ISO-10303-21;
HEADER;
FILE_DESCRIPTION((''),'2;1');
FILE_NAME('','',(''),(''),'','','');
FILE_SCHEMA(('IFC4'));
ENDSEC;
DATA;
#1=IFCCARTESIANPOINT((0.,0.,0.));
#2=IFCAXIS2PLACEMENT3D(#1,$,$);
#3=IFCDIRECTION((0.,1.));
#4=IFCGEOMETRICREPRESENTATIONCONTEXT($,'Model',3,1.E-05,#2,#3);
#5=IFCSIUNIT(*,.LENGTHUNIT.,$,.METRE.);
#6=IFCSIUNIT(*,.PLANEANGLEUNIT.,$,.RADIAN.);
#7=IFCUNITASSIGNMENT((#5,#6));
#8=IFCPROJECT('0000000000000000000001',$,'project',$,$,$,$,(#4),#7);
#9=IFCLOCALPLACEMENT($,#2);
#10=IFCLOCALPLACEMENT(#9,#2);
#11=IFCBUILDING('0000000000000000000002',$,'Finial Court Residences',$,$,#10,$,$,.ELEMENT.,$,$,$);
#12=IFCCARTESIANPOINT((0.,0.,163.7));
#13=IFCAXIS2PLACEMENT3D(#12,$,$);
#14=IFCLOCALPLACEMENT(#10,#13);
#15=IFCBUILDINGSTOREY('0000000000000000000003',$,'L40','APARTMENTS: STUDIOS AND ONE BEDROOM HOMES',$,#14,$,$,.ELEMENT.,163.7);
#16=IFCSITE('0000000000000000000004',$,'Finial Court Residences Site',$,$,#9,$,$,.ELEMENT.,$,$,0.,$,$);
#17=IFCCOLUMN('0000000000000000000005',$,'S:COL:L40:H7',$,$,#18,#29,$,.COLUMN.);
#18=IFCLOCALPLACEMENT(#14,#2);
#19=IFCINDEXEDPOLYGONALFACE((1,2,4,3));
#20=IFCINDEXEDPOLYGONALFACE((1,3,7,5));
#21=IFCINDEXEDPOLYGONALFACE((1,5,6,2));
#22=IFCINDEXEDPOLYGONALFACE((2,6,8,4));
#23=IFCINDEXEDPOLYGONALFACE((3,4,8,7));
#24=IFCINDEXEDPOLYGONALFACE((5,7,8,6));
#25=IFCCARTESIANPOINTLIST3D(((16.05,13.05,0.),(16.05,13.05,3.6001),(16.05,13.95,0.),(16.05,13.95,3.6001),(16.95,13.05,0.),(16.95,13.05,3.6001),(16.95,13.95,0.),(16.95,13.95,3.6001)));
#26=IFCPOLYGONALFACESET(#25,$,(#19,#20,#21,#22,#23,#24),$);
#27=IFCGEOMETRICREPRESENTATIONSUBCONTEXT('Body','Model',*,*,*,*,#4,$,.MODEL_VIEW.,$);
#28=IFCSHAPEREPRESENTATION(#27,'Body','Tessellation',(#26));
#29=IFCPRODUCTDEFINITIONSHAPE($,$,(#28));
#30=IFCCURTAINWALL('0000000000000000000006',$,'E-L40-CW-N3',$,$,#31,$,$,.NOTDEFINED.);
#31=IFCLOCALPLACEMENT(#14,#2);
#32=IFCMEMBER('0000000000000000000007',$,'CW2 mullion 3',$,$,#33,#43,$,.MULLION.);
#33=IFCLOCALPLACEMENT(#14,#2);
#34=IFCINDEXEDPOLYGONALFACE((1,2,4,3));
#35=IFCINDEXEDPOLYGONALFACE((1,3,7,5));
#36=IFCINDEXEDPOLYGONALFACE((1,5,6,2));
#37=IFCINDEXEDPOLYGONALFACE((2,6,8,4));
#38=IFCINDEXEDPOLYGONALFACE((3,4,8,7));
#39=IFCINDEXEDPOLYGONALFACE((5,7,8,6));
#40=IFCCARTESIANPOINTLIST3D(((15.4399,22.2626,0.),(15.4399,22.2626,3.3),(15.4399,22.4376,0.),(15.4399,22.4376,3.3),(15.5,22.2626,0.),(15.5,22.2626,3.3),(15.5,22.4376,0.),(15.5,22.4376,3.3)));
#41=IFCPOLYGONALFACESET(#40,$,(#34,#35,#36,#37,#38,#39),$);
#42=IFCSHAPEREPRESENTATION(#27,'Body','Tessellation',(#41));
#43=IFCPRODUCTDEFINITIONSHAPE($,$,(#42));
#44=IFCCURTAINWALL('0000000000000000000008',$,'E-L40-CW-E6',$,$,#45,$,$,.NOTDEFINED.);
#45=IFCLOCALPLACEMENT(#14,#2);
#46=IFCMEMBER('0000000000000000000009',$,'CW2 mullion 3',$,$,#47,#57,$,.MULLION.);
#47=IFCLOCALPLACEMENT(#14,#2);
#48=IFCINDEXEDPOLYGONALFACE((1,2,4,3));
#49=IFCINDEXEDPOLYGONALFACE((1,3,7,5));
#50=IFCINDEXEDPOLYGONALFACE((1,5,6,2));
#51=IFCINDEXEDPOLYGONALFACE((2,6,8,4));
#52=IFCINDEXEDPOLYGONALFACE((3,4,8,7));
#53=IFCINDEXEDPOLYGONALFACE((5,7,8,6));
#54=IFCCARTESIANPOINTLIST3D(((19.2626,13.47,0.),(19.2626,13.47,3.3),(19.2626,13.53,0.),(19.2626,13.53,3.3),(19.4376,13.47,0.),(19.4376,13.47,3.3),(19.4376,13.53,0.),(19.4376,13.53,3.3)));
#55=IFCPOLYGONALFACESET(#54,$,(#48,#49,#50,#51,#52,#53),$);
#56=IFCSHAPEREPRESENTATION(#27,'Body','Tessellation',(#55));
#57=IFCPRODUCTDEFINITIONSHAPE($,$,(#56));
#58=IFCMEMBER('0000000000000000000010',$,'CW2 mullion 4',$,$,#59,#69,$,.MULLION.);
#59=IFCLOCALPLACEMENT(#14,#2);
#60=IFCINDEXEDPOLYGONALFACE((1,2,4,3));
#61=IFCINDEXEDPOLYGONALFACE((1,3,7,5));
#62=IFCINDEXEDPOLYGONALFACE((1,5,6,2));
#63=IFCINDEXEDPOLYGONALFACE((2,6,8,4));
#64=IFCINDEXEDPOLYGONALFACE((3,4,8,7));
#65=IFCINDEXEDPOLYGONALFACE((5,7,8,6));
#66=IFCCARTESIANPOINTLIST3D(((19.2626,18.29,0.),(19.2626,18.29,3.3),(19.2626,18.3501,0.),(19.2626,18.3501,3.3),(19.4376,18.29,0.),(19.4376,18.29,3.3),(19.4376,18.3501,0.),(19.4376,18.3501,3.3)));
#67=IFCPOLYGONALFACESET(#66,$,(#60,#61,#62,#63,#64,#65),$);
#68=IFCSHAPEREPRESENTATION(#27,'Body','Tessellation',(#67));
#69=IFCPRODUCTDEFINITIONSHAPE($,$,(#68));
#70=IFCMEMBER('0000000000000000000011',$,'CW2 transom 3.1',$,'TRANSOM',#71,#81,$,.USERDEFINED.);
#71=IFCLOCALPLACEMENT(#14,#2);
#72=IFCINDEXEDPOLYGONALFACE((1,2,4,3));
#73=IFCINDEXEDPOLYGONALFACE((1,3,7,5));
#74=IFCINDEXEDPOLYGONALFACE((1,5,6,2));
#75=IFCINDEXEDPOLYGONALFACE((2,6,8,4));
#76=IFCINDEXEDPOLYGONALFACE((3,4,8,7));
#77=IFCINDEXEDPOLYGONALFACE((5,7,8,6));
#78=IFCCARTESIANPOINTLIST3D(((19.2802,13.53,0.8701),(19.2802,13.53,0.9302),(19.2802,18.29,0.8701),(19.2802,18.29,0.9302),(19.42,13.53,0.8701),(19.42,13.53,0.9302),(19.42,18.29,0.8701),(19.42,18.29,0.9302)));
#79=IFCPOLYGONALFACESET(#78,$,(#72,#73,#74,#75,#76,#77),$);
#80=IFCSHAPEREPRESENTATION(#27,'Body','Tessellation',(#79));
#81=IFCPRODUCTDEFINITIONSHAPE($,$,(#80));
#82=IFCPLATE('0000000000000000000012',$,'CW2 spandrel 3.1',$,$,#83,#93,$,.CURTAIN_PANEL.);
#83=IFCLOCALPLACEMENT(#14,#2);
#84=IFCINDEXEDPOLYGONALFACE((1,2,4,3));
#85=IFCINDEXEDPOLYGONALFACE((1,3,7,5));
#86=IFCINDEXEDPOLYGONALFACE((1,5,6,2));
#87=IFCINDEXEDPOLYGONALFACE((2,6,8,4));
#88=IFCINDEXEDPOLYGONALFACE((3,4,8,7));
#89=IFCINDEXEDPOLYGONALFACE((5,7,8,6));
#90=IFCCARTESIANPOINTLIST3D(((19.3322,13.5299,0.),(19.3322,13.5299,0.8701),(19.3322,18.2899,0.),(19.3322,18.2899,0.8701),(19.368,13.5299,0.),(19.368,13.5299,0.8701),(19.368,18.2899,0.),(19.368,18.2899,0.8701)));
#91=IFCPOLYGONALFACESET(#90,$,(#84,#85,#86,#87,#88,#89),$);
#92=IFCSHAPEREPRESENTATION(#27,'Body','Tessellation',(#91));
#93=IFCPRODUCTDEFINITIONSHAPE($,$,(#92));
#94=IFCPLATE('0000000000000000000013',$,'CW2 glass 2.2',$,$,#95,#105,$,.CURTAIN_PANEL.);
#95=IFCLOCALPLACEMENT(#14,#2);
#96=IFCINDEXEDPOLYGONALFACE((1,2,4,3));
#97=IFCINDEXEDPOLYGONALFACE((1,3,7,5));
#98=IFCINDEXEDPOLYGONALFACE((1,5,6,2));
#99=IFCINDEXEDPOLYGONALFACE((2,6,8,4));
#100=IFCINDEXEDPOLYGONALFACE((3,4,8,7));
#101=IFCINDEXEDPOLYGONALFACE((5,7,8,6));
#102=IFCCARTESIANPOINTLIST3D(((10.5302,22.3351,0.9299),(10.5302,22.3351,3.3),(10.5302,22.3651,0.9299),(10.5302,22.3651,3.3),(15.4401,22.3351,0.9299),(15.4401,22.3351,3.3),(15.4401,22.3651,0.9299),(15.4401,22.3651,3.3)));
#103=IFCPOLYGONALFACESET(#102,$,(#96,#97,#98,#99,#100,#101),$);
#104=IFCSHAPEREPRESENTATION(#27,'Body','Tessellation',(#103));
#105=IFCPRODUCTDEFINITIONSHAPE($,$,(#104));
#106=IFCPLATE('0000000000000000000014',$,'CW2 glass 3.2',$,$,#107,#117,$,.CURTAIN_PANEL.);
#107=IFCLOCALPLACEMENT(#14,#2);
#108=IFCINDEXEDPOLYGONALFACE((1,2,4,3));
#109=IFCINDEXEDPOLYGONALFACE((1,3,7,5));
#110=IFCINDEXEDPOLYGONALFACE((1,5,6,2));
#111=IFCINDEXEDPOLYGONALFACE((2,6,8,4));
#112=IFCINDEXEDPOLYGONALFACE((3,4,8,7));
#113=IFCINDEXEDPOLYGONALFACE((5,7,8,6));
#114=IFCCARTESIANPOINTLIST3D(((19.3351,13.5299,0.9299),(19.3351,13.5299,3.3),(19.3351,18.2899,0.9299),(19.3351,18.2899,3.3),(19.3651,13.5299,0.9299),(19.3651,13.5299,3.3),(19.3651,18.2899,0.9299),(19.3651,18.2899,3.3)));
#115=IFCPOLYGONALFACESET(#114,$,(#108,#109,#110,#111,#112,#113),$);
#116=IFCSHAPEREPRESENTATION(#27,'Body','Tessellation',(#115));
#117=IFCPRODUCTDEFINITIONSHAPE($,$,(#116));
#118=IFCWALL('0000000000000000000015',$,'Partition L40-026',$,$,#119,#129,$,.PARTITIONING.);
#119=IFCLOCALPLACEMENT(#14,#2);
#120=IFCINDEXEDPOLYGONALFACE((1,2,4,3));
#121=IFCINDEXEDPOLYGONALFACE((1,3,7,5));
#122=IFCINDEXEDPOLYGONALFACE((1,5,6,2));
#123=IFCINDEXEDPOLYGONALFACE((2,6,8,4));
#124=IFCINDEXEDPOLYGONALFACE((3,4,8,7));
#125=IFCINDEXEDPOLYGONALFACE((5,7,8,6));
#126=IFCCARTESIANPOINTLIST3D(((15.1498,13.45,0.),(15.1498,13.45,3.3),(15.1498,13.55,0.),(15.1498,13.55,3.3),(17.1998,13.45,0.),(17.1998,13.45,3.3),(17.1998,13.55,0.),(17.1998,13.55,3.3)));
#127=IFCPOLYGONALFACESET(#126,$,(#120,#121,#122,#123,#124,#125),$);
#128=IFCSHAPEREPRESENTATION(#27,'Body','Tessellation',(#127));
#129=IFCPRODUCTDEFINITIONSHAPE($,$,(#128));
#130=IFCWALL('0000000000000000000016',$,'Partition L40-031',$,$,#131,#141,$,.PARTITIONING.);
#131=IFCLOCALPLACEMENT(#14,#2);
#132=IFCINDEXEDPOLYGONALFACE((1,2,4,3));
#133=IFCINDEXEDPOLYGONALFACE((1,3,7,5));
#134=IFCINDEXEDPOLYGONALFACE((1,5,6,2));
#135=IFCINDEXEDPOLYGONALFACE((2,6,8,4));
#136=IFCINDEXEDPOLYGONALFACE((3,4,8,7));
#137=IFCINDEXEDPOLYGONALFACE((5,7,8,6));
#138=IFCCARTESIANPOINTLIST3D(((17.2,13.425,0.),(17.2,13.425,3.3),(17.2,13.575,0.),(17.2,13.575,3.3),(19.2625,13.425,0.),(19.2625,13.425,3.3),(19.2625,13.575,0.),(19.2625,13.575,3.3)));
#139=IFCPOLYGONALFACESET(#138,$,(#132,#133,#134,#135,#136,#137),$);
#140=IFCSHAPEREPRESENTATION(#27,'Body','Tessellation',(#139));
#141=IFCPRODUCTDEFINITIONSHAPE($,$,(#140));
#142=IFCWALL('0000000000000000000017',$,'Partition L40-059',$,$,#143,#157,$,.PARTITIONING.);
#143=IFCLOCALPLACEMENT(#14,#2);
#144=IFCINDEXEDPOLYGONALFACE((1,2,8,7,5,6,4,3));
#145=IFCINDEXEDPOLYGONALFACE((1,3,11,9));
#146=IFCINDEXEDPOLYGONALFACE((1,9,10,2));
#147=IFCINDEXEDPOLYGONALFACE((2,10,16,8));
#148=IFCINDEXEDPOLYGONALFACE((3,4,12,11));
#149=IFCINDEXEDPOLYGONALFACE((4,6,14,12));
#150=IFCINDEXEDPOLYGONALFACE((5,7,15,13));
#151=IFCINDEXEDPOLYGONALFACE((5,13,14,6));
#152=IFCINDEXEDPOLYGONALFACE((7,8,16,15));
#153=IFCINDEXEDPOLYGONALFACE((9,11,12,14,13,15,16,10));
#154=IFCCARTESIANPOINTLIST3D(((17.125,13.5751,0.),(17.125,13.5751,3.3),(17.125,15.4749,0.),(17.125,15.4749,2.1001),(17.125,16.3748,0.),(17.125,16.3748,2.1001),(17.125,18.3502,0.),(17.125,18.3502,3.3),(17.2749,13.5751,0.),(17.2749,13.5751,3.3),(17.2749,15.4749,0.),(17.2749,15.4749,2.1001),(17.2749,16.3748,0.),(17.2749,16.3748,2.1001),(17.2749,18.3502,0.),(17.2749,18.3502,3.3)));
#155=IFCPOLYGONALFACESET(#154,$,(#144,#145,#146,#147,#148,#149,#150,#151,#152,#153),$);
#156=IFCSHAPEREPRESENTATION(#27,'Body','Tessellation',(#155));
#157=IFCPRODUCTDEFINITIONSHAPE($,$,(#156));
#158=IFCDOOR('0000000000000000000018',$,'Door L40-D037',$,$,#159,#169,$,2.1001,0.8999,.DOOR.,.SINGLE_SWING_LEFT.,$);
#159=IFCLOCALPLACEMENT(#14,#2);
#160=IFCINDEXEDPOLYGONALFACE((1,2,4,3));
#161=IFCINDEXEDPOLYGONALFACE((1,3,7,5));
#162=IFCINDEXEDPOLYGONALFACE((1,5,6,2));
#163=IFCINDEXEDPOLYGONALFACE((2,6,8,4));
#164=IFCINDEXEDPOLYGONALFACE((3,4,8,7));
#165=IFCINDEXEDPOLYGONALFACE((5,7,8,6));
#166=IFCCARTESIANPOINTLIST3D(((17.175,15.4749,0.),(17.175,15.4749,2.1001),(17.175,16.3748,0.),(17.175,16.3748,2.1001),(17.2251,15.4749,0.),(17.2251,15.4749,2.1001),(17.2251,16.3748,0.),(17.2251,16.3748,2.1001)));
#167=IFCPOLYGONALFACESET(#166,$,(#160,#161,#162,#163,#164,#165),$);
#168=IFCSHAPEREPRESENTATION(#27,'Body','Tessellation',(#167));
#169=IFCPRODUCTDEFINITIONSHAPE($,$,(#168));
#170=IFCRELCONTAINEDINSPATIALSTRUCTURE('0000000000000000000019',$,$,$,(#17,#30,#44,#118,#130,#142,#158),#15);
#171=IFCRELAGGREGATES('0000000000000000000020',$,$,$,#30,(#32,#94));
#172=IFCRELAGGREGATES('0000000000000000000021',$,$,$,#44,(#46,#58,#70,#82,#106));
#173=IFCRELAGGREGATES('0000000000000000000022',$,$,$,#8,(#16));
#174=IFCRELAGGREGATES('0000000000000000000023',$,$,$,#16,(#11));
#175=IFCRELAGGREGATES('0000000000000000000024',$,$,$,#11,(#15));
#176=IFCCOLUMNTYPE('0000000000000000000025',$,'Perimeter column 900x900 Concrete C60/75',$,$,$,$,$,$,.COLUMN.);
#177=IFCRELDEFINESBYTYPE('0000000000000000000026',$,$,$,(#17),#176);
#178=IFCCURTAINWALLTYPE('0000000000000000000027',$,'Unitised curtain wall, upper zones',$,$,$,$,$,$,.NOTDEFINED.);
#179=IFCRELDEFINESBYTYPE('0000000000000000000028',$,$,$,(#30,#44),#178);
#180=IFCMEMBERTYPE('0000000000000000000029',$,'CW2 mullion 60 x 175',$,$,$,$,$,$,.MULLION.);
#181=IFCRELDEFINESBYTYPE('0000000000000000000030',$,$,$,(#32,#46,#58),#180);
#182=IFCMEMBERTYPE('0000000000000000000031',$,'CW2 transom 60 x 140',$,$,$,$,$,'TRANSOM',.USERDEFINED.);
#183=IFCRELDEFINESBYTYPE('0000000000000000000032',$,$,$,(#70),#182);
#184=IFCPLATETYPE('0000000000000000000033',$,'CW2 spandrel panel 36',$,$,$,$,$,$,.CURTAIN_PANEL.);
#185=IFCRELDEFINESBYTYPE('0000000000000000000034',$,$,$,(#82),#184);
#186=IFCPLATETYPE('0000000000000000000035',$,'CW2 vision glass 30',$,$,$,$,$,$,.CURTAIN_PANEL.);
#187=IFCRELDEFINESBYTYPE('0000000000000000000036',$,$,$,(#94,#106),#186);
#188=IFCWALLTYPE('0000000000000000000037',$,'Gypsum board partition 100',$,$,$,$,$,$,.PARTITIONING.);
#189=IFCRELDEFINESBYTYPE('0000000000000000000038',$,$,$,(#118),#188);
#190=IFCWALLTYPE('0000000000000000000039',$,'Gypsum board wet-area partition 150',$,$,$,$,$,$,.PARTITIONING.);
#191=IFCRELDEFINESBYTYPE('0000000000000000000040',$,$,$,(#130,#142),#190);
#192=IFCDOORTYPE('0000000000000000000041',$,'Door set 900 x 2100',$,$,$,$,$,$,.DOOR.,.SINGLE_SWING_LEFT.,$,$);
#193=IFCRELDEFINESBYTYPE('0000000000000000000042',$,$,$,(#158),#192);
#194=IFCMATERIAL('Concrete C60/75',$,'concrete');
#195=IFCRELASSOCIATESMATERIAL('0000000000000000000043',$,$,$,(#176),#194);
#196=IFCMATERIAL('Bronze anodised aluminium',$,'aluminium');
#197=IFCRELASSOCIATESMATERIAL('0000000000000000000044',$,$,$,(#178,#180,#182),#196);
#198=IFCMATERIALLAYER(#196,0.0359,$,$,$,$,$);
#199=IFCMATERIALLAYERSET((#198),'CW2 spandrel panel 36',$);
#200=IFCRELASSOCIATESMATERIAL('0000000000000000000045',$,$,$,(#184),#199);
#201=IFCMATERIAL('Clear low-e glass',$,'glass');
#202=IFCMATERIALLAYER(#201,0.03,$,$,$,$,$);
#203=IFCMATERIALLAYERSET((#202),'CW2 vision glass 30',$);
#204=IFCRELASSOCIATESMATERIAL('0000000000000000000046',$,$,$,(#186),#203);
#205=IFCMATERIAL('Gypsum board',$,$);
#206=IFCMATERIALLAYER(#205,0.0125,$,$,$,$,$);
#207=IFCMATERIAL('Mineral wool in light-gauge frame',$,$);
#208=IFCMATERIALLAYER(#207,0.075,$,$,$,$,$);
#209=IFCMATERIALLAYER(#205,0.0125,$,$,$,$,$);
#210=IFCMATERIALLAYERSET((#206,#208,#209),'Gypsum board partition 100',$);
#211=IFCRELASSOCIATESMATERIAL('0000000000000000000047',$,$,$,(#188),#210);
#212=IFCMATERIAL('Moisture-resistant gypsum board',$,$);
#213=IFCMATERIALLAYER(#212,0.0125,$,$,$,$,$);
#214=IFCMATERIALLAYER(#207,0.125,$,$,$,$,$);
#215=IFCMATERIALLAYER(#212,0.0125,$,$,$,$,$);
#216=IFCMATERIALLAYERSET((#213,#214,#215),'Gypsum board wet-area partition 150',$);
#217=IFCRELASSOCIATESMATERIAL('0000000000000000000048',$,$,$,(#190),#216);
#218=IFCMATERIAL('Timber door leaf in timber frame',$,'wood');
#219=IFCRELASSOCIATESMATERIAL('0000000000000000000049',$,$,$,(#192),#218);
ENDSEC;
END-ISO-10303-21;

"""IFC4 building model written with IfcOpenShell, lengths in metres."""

from ifc_helpers import new_model, si_unit, direction, frame, frame_2d, origin, origin_2d, place, context, subcontext, project, spatial, rectangle, extrude, material, layer, layer_set, material_profile, profile_set, type_object, element, fill, aggregate, save


model = new_model("IFC4")

# Units and contexts
model_context = context("Model", 3, precision=1e-05, world=origin(), true_north=direction((0.0, 1.0)))
body_context = subcontext(model_context, "Body", "Model", "MODEL_VIEW")
ifc_project = project(units=[si_unit("LENGTHUNIT", "METRE"), si_unit("PLANEANGLEUNIT", "RADIAN")], contexts=[model_context])

# Site, building, storey
site_placement = place(None, origin())
site = spatial("IfcSite", under=ifc_project, at=site_placement, Name="Finial Court Residences Site", CompositionType="ELEMENT", RefElevation=0.0)
building_placement = place(site_placement, origin())
building = spatial("IfcBuilding", under=site, at=building_placement, Name="Finial Court Residences", CompositionType="ELEMENT")
storey_placement = place(building_placement, frame((0.0, 0.0, 163.7)))
storey = spatial("IfcBuildingStorey", under=building, at=storey_placement, Name="L40", Description="APARTMENTS: STUDIOS AND ONE BEDROOM HOMES", CompositionType="ELEMENT", Elevation=163.7)

# Column
ifc_material_1 = material(Name="Concrete C60/75", Category="concrete")
ifc_material_profile_1 = material_profile(ifc_material_1, rectangle(XDim=0.8999, YDim=0.8999, at=origin_2d()), Name="900x900")
ifc_profile_set_1 = profile_set([ifc_material_profile_1], Name="Concrete C60/75")
column_type = type_object("IfcColumnType", Name="Perimeter column 900x900 Concrete C60/75", PredefinedType="COLUMN", material=ifc_profile_set_1)
column_placement = place(storey_placement, frame((16.5, 13.5, 0.0), z_axis=(0.0, 0.0, 1.0), x_axis=(1.0, 0.0, 0.0)))
element("IfcColumn", 1, at=column_placement, inside=storey, type_object=column_type, Name="S:COL:L40:H7", PredefinedType="COLUMN", context=body_context, shape_type="SweptSolid", body=[
    extrude(rectangle(XDim=0.8999, YDim=0.8999, at=origin_2d()), origin(), (0.0, 0.0, 1.0), 3.6001),
])

# Curtain wall, member
ifc_material_2 = material(Name="Bronze anodised aluminium", Category="aluminium")
curtain_wall_type = type_object("IfcCurtainWallType", Name="Unitised curtain wall, upper zones", PredefinedType="NOTDEFINED", material=ifc_material_2)
curtain_wall_1_placement = place(storey_placement, origin())
curtain_wall_1 = element("IfcCurtainWall", 2, at=curtain_wall_1_placement, inside=storey, type_object=curtain_wall_type, Name="E-L40-CW-N3", PredefinedType="NOTDEFINED")
ifc_material_profile_2 = material_profile(ifc_material_2, rectangle(XDim=0.175, YDim=0.0601, at=origin_2d()), Name="CW2 mullion 60 x 175")
ifc_profile_set_2 = profile_set([ifc_material_profile_2], Name="Bronze anodised aluminium")
member_type_1 = type_object("IfcMemberType", Name="CW2 mullion 60 x 175", PredefinedType="MULLION", material=ifc_profile_set_2)
member_1_placement = place(storey_placement, frame((15.47, 22.3501, 0.0), z_axis=(0.0, 0.0, 1.0), x_axis=(0.0, 1.0, 0.0)))
member_1 = element("IfcMember", 3, at=member_1_placement, type_object=member_type_1, Name="CW2 mullion 3", PredefinedType="MULLION", context=body_context, shape_type="SweptSolid", body=[
    extrude(rectangle(XDim=0.175, YDim=0.0601, at=origin_2d()), origin(), (0.0, 0.0, 1.0), 3.3),
])

# Curtain wall, members, plate
curtain_wall_2_placement = place(storey_placement, origin())
curtain_wall_2 = element("IfcCurtainWall", 4, at=curtain_wall_2_placement, inside=storey, type_object=curtain_wall_type, Name="E-L40-CW-E6", PredefinedType="NOTDEFINED")
member_2_placement = place(storey_placement, frame((19.3501, 13.5, 0.0), z_axis=(0.0, 0.0, 1.0), x_axis=(-1.0, 0.0, 0.0)))
member_2 = element("IfcMember", 5, at=member_2_placement, type_object=member_type_1, Name="CW2 mullion 3", PredefinedType="MULLION", context=body_context, shape_type="SweptSolid", body=[
    extrude(rectangle(XDim=0.175, YDim=0.0601, at=origin_2d()), origin(), (0.0, 0.0, 1.0), 3.3),
])
member_3_placement = place(storey_placement, frame((19.3501, 18.3201, 0.0), z_axis=(0.0, 0.0, 1.0), x_axis=(-1.0, 0.0, 0.0)))
member_3 = element("IfcMember", 6, at=member_3_placement, type_object=member_type_1, Name="CW2 mullion 4", PredefinedType="MULLION", context=body_context, shape_type="SweptSolid", body=[
    extrude(rectangle(XDim=0.175, YDim=0.0601, at=origin_2d()), origin(), (0.0, 0.0, 1.0), 3.3),
])
ifc_material_profile_3 = material_profile(ifc_material_2, rectangle(XDim=0.1399, YDim=0.0601, at=origin_2d()), Name="CW2 transom 60 x 140")
ifc_profile_set_3 = profile_set([ifc_material_profile_3], Name="Bronze anodised aluminium")
member_type_2 = type_object("IfcMemberType", Name="CW2 transom 60 x 140", ElementType="TRANSOM", PredefinedType="USERDEFINED", material=ifc_profile_set_3)
member_4_placement = place(storey_placement, frame((19.3501, 13.53, 0.9001), z_axis=(0.0, 1.0, 0.0), x_axis=(-1.0, 0.0, 0.0)))
member_4 = element("IfcMember", 7, at=member_4_placement, type_object=member_type_2, Name="CW2 transom 3.1", ObjectType="TRANSOM", PredefinedType="USERDEFINED", context=body_context, shape_type="SweptSolid", body=[
    extrude(rectangle(XDim=0.1399, YDim=0.0601, at=origin_2d()), origin(), (0.0, 0.0, 1.0), 4.76),
])
ifc_layer_1 = layer(ifc_material_2, 0.0359)
ifc_layer_set_1 = layer_set([ifc_layer_1], Name="CW2 spandrel panel 36")
plate_type_1 = type_object("IfcPlateType", Name="CW2 spandrel panel 36", PredefinedType="CURTAIN_PANEL", material=ifc_layer_set_1)
plate_1_placement = place(storey_placement, frame((19.3501, 15.9099, 0.0), z_axis=(0.0, 0.0, 1.0), x_axis=(0.0, 1.0, 0.0)))
plate_1 = element("IfcPlate", 8, at=plate_1_placement, type_object=plate_type_1, Name="CW2 spandrel 3.1", PredefinedType="CURTAIN_PANEL", context=body_context, shape_type="SweptSolid", body=[
    extrude(rectangle(XDim=4.76, YDim=0.0359, at=origin_2d()), origin(), (0.0, 0.0, 1.0), 0.8701),
])

# Plates
ifc_material_3 = material(Name="Clear low-e glass", Category="glass")
ifc_layer_2 = layer(ifc_material_3, 0.03)
ifc_layer_set_2 = layer_set([ifc_layer_2], Name="CW2 vision glass 30")
plate_type_2 = type_object("IfcPlateType", Name="CW2 vision glass 30", PredefinedType="CURTAIN_PANEL", material=ifc_layer_set_2)
plate_2_placement = place(storey_placement, frame((12.9851, 22.3501, 0.9299), z_axis=(0.0, 0.0, 1.0), x_axis=(1.0, 0.0, 0.0)))
plate_2 = element("IfcPlate", 9, at=plate_2_placement, type_object=plate_type_2, Name="CW2 glass 2.2", PredefinedType="CURTAIN_PANEL", context=body_context, shape_type="SweptSolid", body=[
    extrude(rectangle(XDim=4.9099, YDim=0.03, at=origin_2d()), origin(), (0.0, 0.0, 1.0), 2.3701),
])
aggregate(curtain_wall_1, [member_1, plate_2])
plate_3_placement = place(storey_placement, frame((19.3501, 15.9099, 0.9299), z_axis=(0.0, 0.0, 1.0), x_axis=(0.0, 1.0, 0.0)))
plate_3 = element("IfcPlate", 10, at=plate_3_placement, type_object=plate_type_2, Name="CW2 glass 3.2", PredefinedType="CURTAIN_PANEL", context=body_context, shape_type="SweptSolid", body=[
    extrude(rectangle(XDim=4.76, YDim=0.03, at=origin_2d()), origin(), (0.0, 0.0, 1.0), 2.3701),
])
aggregate(curtain_wall_2, [member_2, member_3, member_4, plate_1, plate_3])

# Walls
ifc_material_4 = material(Name="Gypsum board")
ifc_layer_3 = layer(ifc_material_4, 0.0125)
ifc_material_5 = material(Name="Mineral wool in light-gauge frame")
ifc_layer_4 = layer(ifc_material_5, 0.075)
ifc_layer_5 = layer(ifc_material_4, 0.0125)
ifc_layer_set_3 = layer_set([ifc_layer_3, ifc_layer_4, ifc_layer_5], Name="Gypsum board partition 100")
wall_type_1 = type_object("IfcWallType", Name="Gypsum board partition 100", PredefinedType="PARTITIONING", material=ifc_layer_set_3)
wall_1_placement = place(storey_placement, frame((15.1499, 13.5, 0.0), z_axis=(0.0, 0.0, 1.0), x_axis=(1.0, 0.0, 0.0)))
element("IfcWall", 11, at=wall_1_placement, inside=storey, type_object=wall_type_1, Name="Partition L40-026", PredefinedType="PARTITIONING", context=body_context, shape_type="SweptSolid", body=[
    extrude(rectangle(XDim=2.05, YDim=0.1001, at=frame_2d((1.0249, 0.0))), origin(), (0.0, 0.0, 1.0), 3.3),
])
ifc_material_6 = material(Name="Moisture-resistant gypsum board")
ifc_layer_6 = layer(ifc_material_6, 0.0125)
ifc_layer_7 = layer(ifc_material_5, 0.125)
ifc_layer_8 = layer(ifc_material_6, 0.0125)
ifc_layer_set_4 = layer_set([ifc_layer_6, ifc_layer_7, ifc_layer_8], Name="Gypsum board wet-area partition 150")
wall_type_2 = type_object("IfcWallType", Name="Gypsum board wet-area partition 150", PredefinedType="PARTITIONING", material=ifc_layer_set_4)
wall_2_placement = place(storey_placement, frame((17.2, 13.5, 0.0), z_axis=(0.0, 0.0, 1.0), x_axis=(1.0, 0.0, 0.0)))
element("IfcWall", 12, at=wall_2_placement, inside=storey, type_object=wall_type_2, Name="Partition L40-031", PredefinedType="PARTITIONING", context=body_context, shape_type="SweptSolid", body=[
    extrude(rectangle(XDim=2.0625, YDim=0.1499, at=frame_2d((1.0312, 0.0))), origin(), (0.0, 0.0, 1.0), 3.3),
])

# Wall, opening, door
wall_3_placement = place(storey_placement, frame((17.2, 13.575, 0.0), z_axis=(0.0, 0.0, 1.0), x_axis=(0.0, 1.0, 0.0)))
wall_3 = element("IfcWall", 13, at=wall_3_placement, inside=storey, type_object=wall_type_2, Name="Partition L40-059", PredefinedType="PARTITIONING", context=body_context, shape_type="SweptSolid", body=[
    extrude(rectangle(XDim=4.7751, YDim=0.1499, at=frame_2d((2.3877, 0.0))), origin(), (0.0, 0.0, 1.0), 3.3),
])
opening_1_placement = place(wall_3_placement, frame((1.8999, 0.0, 0.0)))
opening_1 = element("IfcOpeningElement", 14, at=opening_1_placement, cuts=wall_3, PredefinedType="OPENING", context=body_context, shape_type="SweptSolid", body=[
    extrude(rectangle(XDim=0.8999, YDim=2.1001, at=frame_2d((0.45, 1.05))), frame((0.0, 0.085, 0.0), z_axis=(0.0, -1.0, 0.0), x_axis=(1.0, 0.0, 0.0)), (0.0, 0.0, 1.0), 0.1699),
])
ifc_material_7 = material(Name="Timber door leaf in timber frame", Category="wood")
door_type = type_object("IfcDoorType", Name="Door set 900 x 2100", OperationType="SINGLE_SWING_LEFT", PredefinedType="DOOR", material=ifc_material_7)
door_placement = place(opening_1_placement, origin())
door = element("IfcDoor", 15, at=door_placement, inside=storey, type_object=door_type, Name="Door L40-D037", OperationType="SINGLE_SWING_LEFT", OverallHeight=2.1001, OverallWidth=0.8999, PredefinedType="DOOR", context=body_context, shape_type="SweptSolid", body=[
    extrude(rectangle(XDim=0.8999, YDim=2.1001, at=frame_2d((0.45, 1.05))), frame((0.0, 0.0249, 0.0), z_axis=(0.0, -1.0, 0.0), x_axis=(1.0, 0.0, 0.0)), (0.0, 0.0, 1.0), 0.05),
])
fill(opening_1, door)

save(model, "model.ifc")
